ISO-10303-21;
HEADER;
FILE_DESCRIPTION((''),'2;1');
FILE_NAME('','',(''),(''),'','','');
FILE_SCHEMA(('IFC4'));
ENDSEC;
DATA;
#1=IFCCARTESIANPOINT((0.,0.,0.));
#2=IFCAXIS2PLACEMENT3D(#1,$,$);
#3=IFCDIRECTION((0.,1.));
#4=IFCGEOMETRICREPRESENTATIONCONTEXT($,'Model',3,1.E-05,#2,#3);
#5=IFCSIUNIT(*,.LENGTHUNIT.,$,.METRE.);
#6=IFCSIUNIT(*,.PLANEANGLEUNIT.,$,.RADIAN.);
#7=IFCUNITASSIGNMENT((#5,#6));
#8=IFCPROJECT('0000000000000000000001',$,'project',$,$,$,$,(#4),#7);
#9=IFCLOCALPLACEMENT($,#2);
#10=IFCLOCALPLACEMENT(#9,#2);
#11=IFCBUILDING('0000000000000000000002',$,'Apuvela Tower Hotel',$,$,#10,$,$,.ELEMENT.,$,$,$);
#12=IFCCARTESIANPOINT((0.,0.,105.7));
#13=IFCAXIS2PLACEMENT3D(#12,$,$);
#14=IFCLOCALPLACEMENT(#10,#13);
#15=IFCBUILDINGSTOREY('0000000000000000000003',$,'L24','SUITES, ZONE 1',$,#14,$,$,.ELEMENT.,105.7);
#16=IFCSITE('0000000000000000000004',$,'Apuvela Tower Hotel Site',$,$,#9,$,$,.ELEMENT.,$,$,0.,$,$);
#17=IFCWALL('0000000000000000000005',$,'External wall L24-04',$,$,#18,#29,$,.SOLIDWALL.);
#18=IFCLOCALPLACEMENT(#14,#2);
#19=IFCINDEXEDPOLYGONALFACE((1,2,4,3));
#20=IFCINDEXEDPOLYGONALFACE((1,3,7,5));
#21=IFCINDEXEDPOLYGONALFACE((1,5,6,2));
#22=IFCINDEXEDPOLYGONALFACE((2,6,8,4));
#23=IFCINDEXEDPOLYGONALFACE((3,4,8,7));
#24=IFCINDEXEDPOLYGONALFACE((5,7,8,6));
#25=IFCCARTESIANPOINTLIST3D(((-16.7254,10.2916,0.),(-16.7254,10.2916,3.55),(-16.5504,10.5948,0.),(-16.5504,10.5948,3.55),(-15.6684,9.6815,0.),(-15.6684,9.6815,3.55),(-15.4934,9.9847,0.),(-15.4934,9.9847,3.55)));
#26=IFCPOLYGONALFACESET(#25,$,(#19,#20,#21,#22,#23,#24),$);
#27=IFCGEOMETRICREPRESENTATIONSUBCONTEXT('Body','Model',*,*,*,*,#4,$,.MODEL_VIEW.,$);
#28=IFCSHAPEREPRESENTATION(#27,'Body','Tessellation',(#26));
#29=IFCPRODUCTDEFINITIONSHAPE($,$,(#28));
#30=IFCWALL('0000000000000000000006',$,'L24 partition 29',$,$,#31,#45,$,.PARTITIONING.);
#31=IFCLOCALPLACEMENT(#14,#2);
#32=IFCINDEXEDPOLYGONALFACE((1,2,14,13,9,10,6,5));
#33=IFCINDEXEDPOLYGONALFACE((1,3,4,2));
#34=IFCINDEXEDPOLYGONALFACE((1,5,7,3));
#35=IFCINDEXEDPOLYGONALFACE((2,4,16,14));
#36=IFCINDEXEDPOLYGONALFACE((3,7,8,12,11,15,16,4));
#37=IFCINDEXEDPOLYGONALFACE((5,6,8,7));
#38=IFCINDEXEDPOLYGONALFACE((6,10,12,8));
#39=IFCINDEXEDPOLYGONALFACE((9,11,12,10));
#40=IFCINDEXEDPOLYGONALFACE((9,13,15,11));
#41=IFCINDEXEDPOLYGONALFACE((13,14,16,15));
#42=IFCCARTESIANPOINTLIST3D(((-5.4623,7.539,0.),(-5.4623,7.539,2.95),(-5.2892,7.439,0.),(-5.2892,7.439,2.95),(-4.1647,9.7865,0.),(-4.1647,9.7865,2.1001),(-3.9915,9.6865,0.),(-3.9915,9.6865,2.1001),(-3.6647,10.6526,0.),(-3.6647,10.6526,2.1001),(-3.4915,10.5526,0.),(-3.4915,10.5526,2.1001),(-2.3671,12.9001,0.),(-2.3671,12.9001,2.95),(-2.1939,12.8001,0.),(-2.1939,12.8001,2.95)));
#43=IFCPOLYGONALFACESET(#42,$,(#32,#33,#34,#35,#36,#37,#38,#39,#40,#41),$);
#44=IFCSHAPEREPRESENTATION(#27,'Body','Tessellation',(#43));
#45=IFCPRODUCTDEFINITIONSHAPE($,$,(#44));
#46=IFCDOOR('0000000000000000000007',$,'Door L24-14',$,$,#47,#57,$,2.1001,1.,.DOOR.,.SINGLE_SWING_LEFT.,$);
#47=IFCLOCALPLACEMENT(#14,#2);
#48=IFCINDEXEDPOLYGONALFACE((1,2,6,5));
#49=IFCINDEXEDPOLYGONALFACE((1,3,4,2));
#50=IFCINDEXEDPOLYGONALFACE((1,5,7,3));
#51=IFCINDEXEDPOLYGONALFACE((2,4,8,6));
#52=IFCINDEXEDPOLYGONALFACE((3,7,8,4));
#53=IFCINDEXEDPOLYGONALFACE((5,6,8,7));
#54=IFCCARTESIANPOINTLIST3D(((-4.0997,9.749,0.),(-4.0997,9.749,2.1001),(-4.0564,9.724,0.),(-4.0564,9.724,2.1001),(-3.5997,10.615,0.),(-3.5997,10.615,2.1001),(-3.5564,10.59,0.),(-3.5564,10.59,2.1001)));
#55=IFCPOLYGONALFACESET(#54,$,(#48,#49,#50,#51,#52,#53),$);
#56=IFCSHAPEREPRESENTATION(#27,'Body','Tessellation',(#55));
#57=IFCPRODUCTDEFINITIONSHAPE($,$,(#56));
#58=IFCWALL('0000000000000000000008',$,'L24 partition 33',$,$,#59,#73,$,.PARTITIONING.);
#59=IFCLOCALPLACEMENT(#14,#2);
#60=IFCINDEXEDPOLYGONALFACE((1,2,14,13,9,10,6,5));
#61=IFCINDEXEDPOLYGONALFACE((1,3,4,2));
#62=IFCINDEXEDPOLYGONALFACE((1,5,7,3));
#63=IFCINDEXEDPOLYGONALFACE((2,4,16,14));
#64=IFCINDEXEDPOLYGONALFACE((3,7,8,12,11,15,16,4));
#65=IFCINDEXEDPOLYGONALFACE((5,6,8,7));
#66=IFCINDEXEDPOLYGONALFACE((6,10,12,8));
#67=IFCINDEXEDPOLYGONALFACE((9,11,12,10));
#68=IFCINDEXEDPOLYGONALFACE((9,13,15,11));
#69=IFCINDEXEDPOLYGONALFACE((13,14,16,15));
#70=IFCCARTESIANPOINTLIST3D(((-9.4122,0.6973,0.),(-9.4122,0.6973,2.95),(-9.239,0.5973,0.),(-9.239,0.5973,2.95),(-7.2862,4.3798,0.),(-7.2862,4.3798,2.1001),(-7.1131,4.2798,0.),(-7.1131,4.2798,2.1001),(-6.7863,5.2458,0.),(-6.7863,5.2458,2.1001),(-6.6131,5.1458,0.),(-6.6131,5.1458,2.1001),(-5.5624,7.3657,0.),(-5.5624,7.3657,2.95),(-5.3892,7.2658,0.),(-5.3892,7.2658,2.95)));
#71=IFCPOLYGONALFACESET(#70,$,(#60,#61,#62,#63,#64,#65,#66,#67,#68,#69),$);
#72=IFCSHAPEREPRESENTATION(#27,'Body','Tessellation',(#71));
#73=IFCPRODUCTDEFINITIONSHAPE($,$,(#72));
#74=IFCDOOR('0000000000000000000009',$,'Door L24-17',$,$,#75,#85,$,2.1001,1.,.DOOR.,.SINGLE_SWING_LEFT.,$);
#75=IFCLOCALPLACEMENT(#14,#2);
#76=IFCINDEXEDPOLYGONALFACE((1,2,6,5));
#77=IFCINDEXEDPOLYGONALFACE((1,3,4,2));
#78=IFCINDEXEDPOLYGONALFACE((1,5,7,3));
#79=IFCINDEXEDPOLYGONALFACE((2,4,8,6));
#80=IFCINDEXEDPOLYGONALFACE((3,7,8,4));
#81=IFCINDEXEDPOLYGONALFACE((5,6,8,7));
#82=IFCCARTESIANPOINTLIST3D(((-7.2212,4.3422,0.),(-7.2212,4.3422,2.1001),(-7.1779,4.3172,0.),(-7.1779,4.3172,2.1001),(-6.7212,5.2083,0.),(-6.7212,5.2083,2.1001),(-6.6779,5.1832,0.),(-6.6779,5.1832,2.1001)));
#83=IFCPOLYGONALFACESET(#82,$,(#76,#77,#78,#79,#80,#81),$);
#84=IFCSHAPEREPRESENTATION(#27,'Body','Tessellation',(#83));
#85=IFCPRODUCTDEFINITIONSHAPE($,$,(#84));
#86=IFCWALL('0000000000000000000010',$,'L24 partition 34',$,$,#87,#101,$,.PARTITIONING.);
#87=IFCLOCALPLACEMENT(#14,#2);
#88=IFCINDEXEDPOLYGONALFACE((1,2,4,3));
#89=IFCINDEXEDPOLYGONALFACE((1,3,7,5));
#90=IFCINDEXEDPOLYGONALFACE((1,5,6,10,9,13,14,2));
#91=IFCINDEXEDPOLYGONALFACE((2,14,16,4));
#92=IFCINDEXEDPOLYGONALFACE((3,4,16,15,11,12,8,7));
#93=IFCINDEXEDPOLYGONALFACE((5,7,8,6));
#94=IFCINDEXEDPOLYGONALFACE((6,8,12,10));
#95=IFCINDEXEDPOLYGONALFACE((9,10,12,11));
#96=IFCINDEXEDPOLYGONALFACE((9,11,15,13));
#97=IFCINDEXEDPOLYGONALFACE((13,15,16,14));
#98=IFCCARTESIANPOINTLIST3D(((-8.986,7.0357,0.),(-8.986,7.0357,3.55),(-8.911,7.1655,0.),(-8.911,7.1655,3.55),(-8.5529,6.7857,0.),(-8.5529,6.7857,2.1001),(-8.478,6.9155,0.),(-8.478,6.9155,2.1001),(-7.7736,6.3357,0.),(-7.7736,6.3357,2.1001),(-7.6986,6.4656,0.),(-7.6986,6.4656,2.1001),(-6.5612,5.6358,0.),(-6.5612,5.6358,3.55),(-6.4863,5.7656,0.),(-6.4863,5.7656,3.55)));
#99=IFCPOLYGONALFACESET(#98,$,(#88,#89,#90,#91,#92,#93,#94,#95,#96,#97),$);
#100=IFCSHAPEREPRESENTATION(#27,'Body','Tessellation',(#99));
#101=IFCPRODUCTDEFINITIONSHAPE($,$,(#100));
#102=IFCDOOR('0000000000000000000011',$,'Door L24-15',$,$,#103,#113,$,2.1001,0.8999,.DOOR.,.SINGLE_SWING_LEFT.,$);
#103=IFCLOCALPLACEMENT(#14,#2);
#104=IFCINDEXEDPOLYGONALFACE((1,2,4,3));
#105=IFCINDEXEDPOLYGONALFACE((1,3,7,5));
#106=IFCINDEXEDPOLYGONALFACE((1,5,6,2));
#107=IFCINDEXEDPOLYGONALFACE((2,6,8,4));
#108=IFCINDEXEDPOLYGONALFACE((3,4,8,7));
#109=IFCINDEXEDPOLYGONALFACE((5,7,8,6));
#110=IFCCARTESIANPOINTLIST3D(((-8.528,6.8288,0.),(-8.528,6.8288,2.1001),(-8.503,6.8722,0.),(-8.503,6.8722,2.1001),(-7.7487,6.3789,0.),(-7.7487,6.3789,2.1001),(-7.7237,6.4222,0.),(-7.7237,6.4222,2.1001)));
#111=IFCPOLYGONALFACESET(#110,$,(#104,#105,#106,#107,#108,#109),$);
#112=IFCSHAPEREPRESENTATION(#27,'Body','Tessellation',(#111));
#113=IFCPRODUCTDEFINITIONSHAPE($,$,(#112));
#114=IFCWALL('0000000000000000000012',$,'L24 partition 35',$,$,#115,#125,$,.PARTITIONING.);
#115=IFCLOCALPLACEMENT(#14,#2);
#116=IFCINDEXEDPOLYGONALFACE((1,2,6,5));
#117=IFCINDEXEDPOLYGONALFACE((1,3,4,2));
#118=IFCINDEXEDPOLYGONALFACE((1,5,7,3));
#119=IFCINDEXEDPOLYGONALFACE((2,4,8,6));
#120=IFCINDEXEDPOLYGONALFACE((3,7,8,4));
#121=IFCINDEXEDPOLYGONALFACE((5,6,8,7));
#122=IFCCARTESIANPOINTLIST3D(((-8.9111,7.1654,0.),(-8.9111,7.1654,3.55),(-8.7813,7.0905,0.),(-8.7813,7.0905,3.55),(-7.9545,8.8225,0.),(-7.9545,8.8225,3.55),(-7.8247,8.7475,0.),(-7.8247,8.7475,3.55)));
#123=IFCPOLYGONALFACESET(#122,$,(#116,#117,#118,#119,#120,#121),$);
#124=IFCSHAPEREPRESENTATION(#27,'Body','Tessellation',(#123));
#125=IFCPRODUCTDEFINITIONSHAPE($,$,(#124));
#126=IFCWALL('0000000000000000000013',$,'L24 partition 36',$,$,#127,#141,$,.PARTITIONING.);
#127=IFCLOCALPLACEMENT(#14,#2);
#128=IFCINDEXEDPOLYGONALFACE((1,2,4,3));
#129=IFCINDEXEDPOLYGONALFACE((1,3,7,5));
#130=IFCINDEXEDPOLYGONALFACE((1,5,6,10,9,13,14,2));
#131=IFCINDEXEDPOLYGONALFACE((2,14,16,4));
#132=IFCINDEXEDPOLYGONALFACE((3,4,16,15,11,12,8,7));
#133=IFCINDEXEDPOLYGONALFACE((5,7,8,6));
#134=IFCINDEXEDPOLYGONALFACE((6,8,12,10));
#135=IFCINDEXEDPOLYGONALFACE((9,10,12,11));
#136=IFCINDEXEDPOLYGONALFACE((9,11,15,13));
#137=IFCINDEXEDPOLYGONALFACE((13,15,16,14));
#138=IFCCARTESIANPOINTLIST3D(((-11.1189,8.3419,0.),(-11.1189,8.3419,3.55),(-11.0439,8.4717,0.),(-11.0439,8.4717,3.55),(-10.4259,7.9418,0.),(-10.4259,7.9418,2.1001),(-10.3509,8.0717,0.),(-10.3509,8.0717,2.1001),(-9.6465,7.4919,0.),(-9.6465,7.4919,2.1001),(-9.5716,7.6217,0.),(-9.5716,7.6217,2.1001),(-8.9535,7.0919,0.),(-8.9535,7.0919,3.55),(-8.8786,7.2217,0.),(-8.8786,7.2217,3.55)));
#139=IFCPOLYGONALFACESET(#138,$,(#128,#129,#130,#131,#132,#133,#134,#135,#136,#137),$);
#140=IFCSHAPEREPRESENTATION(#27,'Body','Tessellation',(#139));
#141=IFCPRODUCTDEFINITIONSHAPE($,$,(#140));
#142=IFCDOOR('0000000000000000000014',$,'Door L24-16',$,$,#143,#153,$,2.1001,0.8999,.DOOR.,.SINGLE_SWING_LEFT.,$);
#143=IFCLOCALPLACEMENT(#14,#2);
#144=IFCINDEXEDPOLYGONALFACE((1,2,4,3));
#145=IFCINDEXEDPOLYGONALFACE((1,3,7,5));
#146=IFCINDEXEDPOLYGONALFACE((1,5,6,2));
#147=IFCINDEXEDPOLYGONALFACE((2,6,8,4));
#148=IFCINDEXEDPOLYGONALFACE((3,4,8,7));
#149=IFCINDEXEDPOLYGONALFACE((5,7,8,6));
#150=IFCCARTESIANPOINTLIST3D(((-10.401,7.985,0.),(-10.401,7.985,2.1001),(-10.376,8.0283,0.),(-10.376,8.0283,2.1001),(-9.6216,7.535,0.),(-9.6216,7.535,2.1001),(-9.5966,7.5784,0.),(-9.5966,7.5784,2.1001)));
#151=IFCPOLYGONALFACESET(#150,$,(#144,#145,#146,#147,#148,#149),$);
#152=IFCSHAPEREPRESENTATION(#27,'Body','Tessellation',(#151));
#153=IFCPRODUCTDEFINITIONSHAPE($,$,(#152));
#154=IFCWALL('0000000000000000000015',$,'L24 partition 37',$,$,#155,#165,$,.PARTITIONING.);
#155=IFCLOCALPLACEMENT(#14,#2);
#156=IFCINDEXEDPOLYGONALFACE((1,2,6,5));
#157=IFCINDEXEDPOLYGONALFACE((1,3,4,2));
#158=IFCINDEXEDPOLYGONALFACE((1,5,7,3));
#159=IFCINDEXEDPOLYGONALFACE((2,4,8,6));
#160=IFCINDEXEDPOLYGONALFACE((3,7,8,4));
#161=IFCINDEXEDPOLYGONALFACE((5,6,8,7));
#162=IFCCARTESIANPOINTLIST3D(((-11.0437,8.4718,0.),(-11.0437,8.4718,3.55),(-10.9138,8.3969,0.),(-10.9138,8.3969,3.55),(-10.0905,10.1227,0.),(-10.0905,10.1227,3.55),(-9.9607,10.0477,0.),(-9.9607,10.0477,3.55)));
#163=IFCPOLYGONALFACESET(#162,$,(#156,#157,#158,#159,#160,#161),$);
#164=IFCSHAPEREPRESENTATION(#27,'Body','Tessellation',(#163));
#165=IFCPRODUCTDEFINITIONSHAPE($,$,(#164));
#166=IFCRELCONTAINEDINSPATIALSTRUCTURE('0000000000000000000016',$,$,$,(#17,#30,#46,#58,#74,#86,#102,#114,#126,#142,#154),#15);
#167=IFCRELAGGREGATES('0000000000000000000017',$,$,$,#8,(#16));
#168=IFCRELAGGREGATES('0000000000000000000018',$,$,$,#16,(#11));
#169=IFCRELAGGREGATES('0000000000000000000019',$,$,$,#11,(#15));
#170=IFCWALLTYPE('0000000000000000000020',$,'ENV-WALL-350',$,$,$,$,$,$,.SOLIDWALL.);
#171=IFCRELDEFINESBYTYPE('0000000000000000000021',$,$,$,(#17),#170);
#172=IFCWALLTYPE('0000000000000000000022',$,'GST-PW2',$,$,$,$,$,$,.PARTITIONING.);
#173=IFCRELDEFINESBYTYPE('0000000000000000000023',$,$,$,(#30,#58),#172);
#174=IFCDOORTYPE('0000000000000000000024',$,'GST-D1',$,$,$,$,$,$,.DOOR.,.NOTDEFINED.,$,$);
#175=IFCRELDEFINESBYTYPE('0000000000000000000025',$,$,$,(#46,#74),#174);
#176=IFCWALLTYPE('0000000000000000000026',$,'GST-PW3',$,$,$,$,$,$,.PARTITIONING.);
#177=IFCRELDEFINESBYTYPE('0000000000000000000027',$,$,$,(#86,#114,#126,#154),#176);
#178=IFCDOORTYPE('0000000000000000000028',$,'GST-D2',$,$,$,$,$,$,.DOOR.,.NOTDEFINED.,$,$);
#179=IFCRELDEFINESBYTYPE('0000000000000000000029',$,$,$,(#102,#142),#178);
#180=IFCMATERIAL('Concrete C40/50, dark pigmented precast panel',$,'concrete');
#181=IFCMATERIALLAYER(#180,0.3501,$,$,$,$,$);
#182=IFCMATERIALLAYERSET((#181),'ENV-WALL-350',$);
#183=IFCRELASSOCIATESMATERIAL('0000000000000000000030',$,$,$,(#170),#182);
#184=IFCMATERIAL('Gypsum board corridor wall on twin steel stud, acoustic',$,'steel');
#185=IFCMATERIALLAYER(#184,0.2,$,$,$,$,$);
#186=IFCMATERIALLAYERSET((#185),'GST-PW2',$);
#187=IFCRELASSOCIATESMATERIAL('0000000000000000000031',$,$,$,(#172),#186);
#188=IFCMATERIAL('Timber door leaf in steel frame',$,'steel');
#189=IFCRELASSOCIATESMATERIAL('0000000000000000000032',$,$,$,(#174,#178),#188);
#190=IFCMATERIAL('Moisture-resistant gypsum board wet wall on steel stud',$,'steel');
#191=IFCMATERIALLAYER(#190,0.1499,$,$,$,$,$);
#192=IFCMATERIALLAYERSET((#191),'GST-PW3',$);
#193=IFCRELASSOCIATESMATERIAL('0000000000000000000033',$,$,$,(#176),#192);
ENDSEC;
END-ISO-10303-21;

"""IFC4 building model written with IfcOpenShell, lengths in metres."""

from ifc_helpers import new_model, si_unit, direction, frame, frame_2d, origin, place, context, subcontext, project, spatial, rectangle, extrude, material, layer, layer_set, type_object, element, fill, save


model = new_model("IFC4")

# Units and contexts
model_context = context("Model", 3, precision=1e-05, world=origin(), true_north=direction((0.0, 1.0)))
body_context = subcontext(model_context, "Body", "Model", "MODEL_VIEW")
ifc_project = project(units=[si_unit("LENGTHUNIT", "METRE"), si_unit("PLANEANGLEUNIT", "RADIAN")], contexts=[model_context])

# Site, building, storey
site_placement = place(None, origin())
site = spatial("IfcSite", under=ifc_project, at=site_placement, Name="Apuvela Tower Hotel Site", CompositionType="ELEMENT", RefElevation=0.0)
building_placement = place(site_placement, origin())
building = spatial("IfcBuilding", under=site, at=building_placement, Name="Apuvela Tower Hotel", CompositionType="ELEMENT")
storey_placement = place(building_placement, frame((0.0, 0.0, 105.7)))
storey = spatial("IfcBuildingStorey", under=building, at=storey_placement, Name="L24", Description="SUITES, ZONE 1", CompositionType="ELEMENT", Elevation=105.7)

# Wall
ifc_material_1 = material(Name="Concrete C40/50, dark pigmented precast panel", Category="concrete")
ifc_layer_1 = layer(ifc_material_1, 0.3501)
ifc_layer_set_1 = layer_set([ifc_layer_1], Name="ENV-WALL-350")
wall_type_1 = type_object("IfcWallType", Name="ENV-WALL-350", PredefinedType="SOLIDWALL", material=ifc_layer_set_1)
wall_1_placement = place(storey_placement, frame((-15.5808, 9.833, 0.0), z_axis=(0.0, 0.0, 1.0), x_axis=(-0.866056, 0.499948, 0.0)))
element("IfcWall", 1, at=wall_1_placement, inside=storey, type_object=wall_type_1, Name="External wall L24-04", PredefinedType="SOLIDWALL", context=body_context, shape_type="SweptSolid", body=[
    extrude(rectangle(XDim=1.2205, YDim=0.3501, at=frame_2d((0.6104, 0.0))), origin(), (0.0, 0.0, 1.0), 3.55),
])

# Walls, openings, doors
ifc_material_2 = material(Name="Gypsum board corridor wall on twin steel stud, acoustic", Category="steel")
ifc_layer_2 = layer(ifc_material_2, 0.2)
ifc_layer_set_2 = layer_set([ifc_layer_2], Name="GST-PW2")
wall_type_2 = type_object("IfcWallType", Name="GST-PW2", PredefinedType="PARTITIONING", material=ifc_layer_set_2)
wall_2_placement = place(storey_placement, frame((-5.3757, 7.489, 0.0), z_axis=(0.0, 0.0, 1.0), x_axis=(0.499999, 0.866026, 0.0)))
wall_2 = element("IfcWall", 2, at=wall_2_placement, inside=storey, type_object=wall_type_2, Name="L24 partition 29", PredefinedType="PARTITIONING", context=body_context, shape_type="SweptSolid", body=[
    extrude(rectangle(XDim=6.1904, YDim=0.2, at=frame_2d((3.0952, 0.0))), origin(), (0.0, 0.0, 1.0), 2.95),
])
opening_1_placement = place(wall_2_placement, frame((2.5952, 0.0, 0.0)))
opening_1 = element("IfcOpeningElement", 3, at=opening_1_placement, cuts=wall_2, PredefinedType="OPENING", context=body_context, shape_type="SweptSolid", body=[
    extrude(rectangle(XDim=1.0, YDim=2.1001, at=frame_2d((0.5, 1.05))), frame((0.0, 0.1099, 0.0), z_axis=(0.0, -1.0, 0.0), x_axis=(1.0, 0.0, 0.0)), (0.0, 0.0, 1.0), 0.22),
])
ifc_material_3 = material(Name="Timber door leaf in steel frame", Category="steel")
door_type_1 = type_object("IfcDoorType", Name="GST-D1", OperationType="NOTDEFINED", PredefinedType="DOOR", material=ifc_material_3)
door_1_placement = place(opening_1_placement, origin())
door_1 = element("IfcDoor", 4, at=door_1_placement, inside=storey, type_object=door_type_1, Name="Door L24-14", OperationType="SINGLE_SWING_LEFT", OverallHeight=2.1001, OverallWidth=1.0, PredefinedType="DOOR", context=body_context, shape_type="SweptSolid", body=[
    extrude(rectangle(XDim=1.0, YDim=2.1001, at=frame_2d((0.5, 1.05))), frame((0.0, 0.0249, 0.0), z_axis=(0.0, -1.0, 0.0), x_axis=(1.0, 0.0, 0.0)), (0.0, 0.0, 1.0), 0.05),
])
fill(opening_1, door_1)
wall_3_placement = place(storey_placement, frame((-9.3257, 0.6472, 0.0), z_axis=(0.0, 0.0, 1.0), x_axis=(0.499982, 0.866036, 0.0)))
wall_3 = element("IfcWall", 5, at=wall_3_placement, inside=storey, type_object=wall_type_2, Name="L24 partition 33", PredefinedType="PARTITIONING", context=body_context, shape_type="SweptSolid", body=[
    extrude(rectangle(XDim=7.7, YDim=0.2, at=frame_2d((3.8501, 0.0))), origin(), (0.0, 0.0, 1.0), 2.95),
])
opening_2_placement = place(wall_3_placement, frame((4.2522, 0.0, 0.0)))
opening_2 = element("IfcOpeningElement", 6, at=opening_2_placement, cuts=wall_3, PredefinedType="OPENING", context=body_context, shape_type="SweptSolid", body=[
    extrude(rectangle(XDim=1.0, YDim=2.1001, at=frame_2d((0.5, 1.05))), frame((0.0, 0.1099, 0.0), z_axis=(0.0, -1.0, 0.0), x_axis=(1.0, 0.0, 0.0)), (0.0, 0.0, 1.0), 0.22),
])
door_2_placement = place(opening_2_placement, origin())
door_2 = element("IfcDoor", 7, at=door_2_placement, inside=storey, type_object=door_type_1, Name="Door L24-17", OperationType="SINGLE_SWING_LEFT", OverallHeight=2.1001, OverallWidth=1.0, PredefinedType="DOOR", context=body_context, shape_type="SweptSolid", body=[
    extrude(rectangle(XDim=1.0, YDim=2.1001, at=frame_2d((0.5, 1.05))), frame((0.0, 0.0249, 0.0), z_axis=(0.0, -1.0, 0.0), x_axis=(1.0, 0.0, 0.0)), (0.0, 0.0, 1.0), 0.05),
])
fill(opening_2, door_2)
ifc_material_4 = material(Name="Moisture-resistant gypsum board wet wall on steel stud", Category="steel")
ifc_layer_3 = layer(ifc_material_4, 0.1499)
ifc_layer_set_3 = layer_set([ifc_layer_3], Name="GST-PW3")
wall_type_3 = type_object("IfcWallType", Name="GST-PW3", PredefinedType="PARTITIONING", material=ifc_layer_set_3)
wall_4_placement = place(storey_placement, frame((-8.9485, 7.1006, 0.0), z_axis=(0.0, 0.0, 1.0), x_axis=(0.866035, -0.499984, 0.0)))
wall_4 = element("IfcWall", 8, at=wall_4_placement, inside=storey, type_object=wall_type_3, Name="L24 partition 34", PredefinedType="PARTITIONING", context=body_context, shape_type="SweptSolid", body=[
    extrude(rectangle(XDim=2.7998, YDim=0.1499, at=frame_2d((1.3999, 0.0))), origin(), (0.0, 0.0, 1.0), 3.55),
])
opening_3_placement = place(wall_4_placement, frame((0.5, 0.0, 0.0)))
opening_3 = element("IfcOpeningElement", 9, at=opening_3_placement, cuts=wall_4, PredefinedType="OPENING", context=body_context, shape_type="SweptSolid", body=[
    extrude(rectangle(XDim=0.8999, YDim=2.1001, at=frame_2d((0.45, 1.05))), frame((0.0, 0.085, 0.0), z_axis=(0.0, -1.0, 0.0), x_axis=(1.0, 0.0, 0.0)), (0.0, 0.0, 1.0), 0.1699),
])
door_type_2 = type_object("IfcDoorType", Name="GST-D2", OperationType="NOTDEFINED", PredefinedType="DOOR", material=ifc_material_3)
door_3_placement = place(opening_3_placement, origin())
door_3 = element("IfcDoor", 10, at=door_3_placement, inside=storey, type_object=door_type_2, Name="Door L24-15", OperationType="SINGLE_SWING_LEFT", OverallHeight=2.1001, OverallWidth=0.8999, PredefinedType="DOOR", context=body_context, shape_type="SweptSolid", body=[
    extrude(rectangle(XDim=0.8999, YDim=2.1001, at=frame_2d((0.45, 1.05))), frame((0.0, 0.0249, 0.0), z_axis=(0.0, -1.0, 0.0), x_axis=(1.0, 0.0, 0.0)), (0.0, 0.0, 1.0), 0.05),
])
fill(opening_3, door_3)

# Wall
wall_5_placement = place(storey_placement, frame((-7.8896, 8.7849, 0.0), z_axis=(0.0, 0.0, 1.0), x_axis=(-0.499954, -0.866052, 0.0)))
element("IfcWall", 11, at=wall_5_placement, inside=storey, type_object=wall_type_3, Name="L24 partition 35", PredefinedType="PARTITIONING", context=body_context, shape_type="SweptSolid", body=[
    extrude(rectangle(XDim=1.9133, YDim=0.1499, at=frame_2d((0.9565, 0.0))), origin(), (0.0, 0.0, 1.0), 3.55),
])

# Wall, opening, door
wall_6_placement = place(storey_placement, frame((-11.0813, 8.4067, 0.0), z_axis=(0.0, 0.0, 1.0), x_axis=(0.866047, -0.499962, 0.0)))
wall_6 = element("IfcWall", 12, at=wall_6_placement, inside=storey, type_object=wall_type_3, Name="L24 partition 36", PredefinedType="PARTITIONING", context=body_context, shape_type="SweptSolid", body=[
    extrude(rectangle(XDim=2.5002, YDim=0.1499, at=frame_2d((1.25, 0.0))), origin(), (0.0, 0.0, 1.0), 3.55),
])
opening_4_placement = place(wall_6_placement, frame((0.8, 0.0, 0.0)))
opening_4 = element("IfcOpeningElement", 13, at=opening_4_placement, cuts=wall_6, PredefinedType="OPENING", context=body_context, shape_type="SweptSolid", body=[
    extrude(rectangle(XDim=0.8999, YDim=2.1001, at=frame_2d((0.45, 1.05))), frame((0.0, 0.085, 0.0), z_axis=(0.0, -1.0, 0.0), x_axis=(1.0, 0.0, 0.0)), (0.0, 0.0, 1.0), 0.1699),
])
door_4_placement = place(opening_4_placement, origin())
door_4 = element("IfcDoor", 14, at=door_4_placement, inside=storey, type_object=door_type_2, Name="Door L24-16", OperationType="SINGLE_SWING_LEFT", OverallHeight=2.1001, OverallWidth=0.8999, PredefinedType="DOOR", context=body_context, shape_type="SweptSolid", body=[
    extrude(rectangle(XDim=0.8999, YDim=2.1001, at=frame_2d((0.45, 1.05))), frame((0.0, 0.0249, 0.0), z_axis=(0.0, -1.0, 0.0), x_axis=(1.0, 0.0, 0.0)), (0.0, 0.0, 1.0), 0.05),
])
fill(opening_4, door_4)

# Wall
wall_7_placement = place(storey_placement, frame((-10.0256, 10.0852, 0.0), z_axis=(0.0, 0.0, 1.0), x_axis=(-0.499996, -0.866028, 0.0)))
element("IfcWall", 15, at=wall_7_placement, inside=storey, type_object=wall_type_3, Name="L24 partition 37", PredefinedType="PARTITIONING", context=body_context, shape_type="SweptSolid", body=[
    extrude(rectangle(XDim=1.9062, YDim=0.1499, at=frame_2d((0.9531, 0.0))), origin(), (0.0, 0.0, 1.0), 3.55),
])

save(model, "model.ifc")
